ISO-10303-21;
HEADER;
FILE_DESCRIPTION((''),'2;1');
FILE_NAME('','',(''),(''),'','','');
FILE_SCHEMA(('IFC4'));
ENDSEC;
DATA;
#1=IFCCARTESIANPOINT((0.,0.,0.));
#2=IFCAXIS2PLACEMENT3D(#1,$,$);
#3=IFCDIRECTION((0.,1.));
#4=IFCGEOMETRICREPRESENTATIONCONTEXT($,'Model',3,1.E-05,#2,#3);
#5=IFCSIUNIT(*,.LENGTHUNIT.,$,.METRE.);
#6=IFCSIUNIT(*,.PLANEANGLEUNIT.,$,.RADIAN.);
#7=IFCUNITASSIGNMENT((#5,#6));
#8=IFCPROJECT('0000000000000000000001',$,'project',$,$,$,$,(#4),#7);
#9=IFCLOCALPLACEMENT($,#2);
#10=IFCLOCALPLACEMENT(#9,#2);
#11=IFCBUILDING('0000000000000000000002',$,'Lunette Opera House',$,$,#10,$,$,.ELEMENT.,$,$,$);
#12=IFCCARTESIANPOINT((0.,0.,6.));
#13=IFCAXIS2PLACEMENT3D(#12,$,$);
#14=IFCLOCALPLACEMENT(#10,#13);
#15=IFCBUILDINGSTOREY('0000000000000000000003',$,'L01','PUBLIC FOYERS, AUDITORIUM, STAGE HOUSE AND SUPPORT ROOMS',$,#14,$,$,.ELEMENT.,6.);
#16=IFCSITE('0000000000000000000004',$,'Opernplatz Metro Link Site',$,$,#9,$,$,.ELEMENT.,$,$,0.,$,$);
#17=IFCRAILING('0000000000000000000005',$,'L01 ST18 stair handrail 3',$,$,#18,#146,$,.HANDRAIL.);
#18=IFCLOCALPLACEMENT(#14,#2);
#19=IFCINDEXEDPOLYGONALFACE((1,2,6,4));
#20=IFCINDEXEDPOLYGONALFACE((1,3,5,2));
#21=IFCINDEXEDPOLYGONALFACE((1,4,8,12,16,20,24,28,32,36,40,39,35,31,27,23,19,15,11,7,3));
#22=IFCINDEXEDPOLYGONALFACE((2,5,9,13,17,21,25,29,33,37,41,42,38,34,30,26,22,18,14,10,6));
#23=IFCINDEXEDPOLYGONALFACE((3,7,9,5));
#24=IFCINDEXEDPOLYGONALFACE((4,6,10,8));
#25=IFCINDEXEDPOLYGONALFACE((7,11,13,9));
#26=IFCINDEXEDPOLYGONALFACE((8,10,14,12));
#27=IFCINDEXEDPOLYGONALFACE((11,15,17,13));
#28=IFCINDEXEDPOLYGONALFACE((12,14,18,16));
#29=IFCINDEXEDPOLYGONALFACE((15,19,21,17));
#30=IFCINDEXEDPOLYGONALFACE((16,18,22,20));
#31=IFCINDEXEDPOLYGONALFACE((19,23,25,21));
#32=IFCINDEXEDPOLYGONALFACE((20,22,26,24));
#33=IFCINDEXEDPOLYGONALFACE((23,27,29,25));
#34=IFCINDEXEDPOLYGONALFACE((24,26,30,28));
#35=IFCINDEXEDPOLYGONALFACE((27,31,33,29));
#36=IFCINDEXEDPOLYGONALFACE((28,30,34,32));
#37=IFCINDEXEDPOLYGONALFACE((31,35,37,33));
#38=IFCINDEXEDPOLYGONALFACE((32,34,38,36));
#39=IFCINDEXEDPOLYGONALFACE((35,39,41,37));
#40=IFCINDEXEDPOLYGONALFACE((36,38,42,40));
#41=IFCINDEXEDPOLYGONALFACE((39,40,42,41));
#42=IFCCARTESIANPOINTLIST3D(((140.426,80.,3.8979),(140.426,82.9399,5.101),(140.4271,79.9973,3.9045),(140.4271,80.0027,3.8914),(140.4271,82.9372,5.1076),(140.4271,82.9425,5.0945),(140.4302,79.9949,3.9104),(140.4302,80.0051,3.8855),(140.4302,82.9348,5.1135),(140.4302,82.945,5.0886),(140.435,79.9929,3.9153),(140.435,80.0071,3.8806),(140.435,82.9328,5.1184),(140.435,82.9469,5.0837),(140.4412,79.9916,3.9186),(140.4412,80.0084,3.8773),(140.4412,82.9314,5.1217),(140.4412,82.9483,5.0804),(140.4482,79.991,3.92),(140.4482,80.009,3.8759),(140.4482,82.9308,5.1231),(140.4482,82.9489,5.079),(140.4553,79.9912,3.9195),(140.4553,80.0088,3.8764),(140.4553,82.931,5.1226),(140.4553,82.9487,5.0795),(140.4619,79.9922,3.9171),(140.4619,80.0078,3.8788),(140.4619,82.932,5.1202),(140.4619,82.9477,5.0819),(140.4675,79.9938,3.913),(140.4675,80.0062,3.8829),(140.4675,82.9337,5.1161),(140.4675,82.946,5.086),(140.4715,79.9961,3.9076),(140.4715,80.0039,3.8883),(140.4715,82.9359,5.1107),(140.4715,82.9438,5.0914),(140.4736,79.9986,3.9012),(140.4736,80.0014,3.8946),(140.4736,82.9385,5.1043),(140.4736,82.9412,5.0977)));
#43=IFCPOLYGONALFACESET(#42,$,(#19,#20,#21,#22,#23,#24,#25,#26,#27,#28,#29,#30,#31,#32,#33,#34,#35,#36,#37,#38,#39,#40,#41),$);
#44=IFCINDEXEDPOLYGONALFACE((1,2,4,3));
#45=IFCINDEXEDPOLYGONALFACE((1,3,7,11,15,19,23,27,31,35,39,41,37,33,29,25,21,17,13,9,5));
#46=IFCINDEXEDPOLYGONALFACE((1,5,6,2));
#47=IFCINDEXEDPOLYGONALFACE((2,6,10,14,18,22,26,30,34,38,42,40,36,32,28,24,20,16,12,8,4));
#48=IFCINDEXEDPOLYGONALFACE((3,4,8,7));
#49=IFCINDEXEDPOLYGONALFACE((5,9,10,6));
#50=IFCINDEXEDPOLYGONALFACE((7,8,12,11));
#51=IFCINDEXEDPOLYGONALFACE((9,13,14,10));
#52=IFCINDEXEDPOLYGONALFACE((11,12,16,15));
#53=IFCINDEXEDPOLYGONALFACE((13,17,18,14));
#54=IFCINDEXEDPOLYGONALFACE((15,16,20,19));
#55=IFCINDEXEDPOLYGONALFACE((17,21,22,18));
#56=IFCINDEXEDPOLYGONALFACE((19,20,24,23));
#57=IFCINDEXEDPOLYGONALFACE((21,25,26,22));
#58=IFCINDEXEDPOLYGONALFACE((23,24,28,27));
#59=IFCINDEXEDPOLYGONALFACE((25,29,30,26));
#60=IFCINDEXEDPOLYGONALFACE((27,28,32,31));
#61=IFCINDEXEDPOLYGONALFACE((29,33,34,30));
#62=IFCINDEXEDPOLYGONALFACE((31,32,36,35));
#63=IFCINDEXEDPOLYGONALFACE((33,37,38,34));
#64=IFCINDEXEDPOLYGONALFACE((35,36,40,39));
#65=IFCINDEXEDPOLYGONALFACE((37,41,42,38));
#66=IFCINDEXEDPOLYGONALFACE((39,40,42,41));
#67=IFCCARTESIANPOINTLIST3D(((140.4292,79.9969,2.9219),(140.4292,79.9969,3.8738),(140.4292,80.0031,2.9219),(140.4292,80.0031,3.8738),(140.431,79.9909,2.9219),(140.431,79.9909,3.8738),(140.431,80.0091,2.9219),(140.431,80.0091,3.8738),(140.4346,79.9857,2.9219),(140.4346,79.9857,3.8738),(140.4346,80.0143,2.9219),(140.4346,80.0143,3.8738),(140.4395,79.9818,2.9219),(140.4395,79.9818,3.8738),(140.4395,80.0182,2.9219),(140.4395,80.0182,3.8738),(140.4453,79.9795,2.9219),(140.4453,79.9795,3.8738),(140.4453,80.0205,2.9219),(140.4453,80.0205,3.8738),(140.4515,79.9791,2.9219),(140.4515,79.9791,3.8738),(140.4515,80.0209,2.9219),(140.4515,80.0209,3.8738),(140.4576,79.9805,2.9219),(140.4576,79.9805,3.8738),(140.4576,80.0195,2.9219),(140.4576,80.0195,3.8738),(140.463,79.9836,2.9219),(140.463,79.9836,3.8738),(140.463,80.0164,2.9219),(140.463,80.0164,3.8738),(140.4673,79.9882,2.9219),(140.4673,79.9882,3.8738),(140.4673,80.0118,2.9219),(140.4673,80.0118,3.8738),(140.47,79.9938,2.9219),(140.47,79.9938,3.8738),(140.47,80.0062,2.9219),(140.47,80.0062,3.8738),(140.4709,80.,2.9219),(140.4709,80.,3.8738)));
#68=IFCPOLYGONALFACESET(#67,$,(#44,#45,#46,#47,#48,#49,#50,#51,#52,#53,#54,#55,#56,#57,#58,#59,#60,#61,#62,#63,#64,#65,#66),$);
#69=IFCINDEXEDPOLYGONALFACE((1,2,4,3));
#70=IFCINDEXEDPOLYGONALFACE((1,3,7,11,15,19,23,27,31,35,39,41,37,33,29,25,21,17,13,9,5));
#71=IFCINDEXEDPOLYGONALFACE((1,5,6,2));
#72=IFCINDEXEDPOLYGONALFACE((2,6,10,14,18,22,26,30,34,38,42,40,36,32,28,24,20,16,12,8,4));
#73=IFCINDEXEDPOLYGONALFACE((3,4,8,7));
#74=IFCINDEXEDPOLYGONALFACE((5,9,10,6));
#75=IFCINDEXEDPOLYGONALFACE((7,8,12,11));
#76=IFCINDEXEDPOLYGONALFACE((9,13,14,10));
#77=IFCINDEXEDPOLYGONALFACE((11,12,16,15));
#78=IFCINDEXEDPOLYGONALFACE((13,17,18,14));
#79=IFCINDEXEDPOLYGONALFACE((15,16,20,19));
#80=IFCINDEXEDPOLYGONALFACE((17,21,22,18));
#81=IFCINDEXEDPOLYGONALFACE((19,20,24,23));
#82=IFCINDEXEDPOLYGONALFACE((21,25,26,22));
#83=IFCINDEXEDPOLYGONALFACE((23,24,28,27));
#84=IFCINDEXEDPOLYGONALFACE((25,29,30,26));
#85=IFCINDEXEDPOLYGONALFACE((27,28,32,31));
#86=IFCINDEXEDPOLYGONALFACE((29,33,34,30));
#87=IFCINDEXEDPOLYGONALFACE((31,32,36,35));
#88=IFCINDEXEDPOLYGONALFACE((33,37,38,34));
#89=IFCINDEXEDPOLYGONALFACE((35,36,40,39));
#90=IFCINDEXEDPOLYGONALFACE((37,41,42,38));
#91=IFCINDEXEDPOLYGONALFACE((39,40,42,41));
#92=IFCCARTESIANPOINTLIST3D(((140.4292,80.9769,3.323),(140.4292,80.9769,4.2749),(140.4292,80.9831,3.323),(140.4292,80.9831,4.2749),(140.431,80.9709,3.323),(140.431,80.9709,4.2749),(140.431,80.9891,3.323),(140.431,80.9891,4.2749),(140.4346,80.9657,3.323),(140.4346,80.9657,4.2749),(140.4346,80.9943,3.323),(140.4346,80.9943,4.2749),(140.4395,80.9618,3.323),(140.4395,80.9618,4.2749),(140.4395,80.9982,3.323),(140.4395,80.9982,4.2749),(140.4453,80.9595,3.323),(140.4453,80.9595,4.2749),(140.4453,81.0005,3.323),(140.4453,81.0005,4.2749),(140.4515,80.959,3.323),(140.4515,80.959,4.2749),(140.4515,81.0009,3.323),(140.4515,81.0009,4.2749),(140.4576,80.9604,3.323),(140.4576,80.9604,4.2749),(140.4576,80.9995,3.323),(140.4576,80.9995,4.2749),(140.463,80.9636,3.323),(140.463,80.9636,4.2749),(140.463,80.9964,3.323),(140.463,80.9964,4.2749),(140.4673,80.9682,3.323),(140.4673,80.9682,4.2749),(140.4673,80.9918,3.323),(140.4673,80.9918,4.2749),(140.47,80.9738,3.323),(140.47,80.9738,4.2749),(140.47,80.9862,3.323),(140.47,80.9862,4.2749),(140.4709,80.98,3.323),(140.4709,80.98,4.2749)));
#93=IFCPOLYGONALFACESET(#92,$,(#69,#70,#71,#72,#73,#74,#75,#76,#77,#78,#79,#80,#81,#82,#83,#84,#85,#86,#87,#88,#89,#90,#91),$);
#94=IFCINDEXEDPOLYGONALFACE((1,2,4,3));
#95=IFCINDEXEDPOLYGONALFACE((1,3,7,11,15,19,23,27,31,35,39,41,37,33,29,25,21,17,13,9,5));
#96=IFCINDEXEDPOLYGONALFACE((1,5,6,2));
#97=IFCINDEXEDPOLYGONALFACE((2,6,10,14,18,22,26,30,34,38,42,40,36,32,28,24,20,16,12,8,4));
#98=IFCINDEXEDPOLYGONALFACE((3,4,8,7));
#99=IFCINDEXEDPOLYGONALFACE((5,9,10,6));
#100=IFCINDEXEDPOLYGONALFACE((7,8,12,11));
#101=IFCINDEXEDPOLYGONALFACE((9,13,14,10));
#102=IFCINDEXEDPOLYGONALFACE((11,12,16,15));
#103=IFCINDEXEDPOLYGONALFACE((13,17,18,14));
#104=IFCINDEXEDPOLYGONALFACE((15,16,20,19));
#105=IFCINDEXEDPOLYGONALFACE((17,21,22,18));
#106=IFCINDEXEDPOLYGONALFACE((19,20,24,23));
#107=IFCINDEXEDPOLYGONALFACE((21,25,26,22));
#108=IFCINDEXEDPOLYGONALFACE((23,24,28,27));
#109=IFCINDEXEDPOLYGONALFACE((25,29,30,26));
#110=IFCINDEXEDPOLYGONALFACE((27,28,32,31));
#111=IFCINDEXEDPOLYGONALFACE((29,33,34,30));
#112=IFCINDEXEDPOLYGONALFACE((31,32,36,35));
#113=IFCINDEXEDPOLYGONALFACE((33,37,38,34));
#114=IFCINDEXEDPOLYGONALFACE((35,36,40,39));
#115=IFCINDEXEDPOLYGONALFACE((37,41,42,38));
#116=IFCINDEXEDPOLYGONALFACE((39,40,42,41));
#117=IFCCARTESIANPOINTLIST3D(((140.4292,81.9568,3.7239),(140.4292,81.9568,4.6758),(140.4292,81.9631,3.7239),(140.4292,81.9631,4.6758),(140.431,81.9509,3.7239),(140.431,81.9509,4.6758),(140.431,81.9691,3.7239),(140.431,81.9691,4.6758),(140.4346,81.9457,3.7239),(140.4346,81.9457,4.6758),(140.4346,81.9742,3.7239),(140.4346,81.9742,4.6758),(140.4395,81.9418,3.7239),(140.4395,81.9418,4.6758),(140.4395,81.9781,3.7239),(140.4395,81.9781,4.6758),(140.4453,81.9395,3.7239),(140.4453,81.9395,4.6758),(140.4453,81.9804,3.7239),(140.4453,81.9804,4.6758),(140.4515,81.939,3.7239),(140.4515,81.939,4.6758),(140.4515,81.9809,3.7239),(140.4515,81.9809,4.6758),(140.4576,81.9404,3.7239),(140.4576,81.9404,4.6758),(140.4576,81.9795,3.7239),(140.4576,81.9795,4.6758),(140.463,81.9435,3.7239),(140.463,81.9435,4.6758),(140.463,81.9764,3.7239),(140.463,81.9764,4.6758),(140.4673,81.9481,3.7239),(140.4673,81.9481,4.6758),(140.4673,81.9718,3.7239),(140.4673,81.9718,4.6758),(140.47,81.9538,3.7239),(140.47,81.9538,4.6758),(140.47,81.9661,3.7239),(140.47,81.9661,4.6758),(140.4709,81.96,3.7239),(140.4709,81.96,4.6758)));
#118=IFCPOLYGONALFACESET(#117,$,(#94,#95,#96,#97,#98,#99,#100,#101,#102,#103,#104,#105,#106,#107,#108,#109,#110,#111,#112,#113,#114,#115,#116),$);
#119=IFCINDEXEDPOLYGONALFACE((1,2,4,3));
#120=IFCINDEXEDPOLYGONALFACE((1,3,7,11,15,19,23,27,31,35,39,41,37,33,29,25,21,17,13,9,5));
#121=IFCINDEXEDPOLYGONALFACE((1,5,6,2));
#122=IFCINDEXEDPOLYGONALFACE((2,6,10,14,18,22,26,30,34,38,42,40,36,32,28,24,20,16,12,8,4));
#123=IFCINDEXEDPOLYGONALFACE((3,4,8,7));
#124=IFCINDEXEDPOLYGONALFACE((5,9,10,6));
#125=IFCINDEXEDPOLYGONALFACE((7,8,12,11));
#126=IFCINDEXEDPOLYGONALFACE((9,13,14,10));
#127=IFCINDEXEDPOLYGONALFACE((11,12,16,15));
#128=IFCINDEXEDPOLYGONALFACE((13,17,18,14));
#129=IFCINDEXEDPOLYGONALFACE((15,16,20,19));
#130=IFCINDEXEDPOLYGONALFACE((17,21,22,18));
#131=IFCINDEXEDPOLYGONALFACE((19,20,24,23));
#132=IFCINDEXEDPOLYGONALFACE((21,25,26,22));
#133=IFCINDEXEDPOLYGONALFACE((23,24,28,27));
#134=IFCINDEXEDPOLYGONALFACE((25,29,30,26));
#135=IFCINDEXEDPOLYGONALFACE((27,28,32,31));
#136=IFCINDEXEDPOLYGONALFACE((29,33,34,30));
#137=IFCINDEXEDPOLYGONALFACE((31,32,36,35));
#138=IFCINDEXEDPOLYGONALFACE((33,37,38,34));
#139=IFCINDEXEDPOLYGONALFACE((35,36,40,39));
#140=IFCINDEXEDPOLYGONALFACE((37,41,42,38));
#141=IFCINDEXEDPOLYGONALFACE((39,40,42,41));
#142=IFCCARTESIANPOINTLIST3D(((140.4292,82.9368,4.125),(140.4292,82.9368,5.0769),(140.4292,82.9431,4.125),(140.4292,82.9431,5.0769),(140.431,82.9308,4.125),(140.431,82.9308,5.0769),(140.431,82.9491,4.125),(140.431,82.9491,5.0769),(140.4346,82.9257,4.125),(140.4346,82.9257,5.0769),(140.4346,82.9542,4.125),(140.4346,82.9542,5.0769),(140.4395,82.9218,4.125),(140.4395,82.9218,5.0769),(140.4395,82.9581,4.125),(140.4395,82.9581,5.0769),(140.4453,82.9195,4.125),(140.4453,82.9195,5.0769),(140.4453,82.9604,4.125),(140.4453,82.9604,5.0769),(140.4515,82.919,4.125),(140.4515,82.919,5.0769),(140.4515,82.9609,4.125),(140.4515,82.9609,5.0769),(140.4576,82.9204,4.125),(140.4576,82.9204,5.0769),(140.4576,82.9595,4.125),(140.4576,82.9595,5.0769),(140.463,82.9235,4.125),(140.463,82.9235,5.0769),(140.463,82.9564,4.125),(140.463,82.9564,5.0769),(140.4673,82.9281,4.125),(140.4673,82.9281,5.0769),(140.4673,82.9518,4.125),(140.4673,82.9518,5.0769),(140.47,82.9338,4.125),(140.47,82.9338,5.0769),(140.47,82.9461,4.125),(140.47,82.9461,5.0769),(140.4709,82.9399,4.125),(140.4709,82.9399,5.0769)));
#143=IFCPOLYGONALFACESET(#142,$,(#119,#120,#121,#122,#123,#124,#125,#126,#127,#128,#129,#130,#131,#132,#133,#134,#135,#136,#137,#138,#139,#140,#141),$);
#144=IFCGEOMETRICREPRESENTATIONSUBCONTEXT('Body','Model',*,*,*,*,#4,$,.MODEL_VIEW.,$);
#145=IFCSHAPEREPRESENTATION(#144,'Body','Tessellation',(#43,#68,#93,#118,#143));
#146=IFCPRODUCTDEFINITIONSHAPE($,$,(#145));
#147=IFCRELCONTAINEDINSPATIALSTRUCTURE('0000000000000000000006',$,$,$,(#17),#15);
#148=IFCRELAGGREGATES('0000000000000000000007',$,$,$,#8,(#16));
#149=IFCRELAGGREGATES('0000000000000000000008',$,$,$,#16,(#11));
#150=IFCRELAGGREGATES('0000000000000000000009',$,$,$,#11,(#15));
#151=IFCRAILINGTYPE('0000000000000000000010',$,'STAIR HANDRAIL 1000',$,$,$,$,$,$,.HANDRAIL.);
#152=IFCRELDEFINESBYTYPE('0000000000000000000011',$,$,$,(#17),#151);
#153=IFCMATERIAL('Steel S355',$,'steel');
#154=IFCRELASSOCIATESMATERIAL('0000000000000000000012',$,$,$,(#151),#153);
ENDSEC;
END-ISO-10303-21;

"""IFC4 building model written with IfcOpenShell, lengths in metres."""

from ifc_helpers import new_model, si_unit, direction, frame, origin, origin_2d, place, context, subcontext, project, spatial, circle, extrude, material, type_object, element, save


model = new_model("IFC4")

# Units and contexts
model_context = context("Model", 3, precision=1e-05, world=origin(), true_north=direction((0.0, 1.0)))
body_context = subcontext(model_context, "Body", "Model", "MODEL_VIEW")
ifc_project = project(units=[si_unit("LENGTHUNIT", "METRE"), si_unit("PLANEANGLEUNIT", "RADIAN")], contexts=[model_context])

# Site, building, storey
site_placement = place(None, origin())
site = spatial("IfcSite", under=ifc_project, at=site_placement, Name="Opernplatz Metro Link Site", CompositionType="ELEMENT", RefElevation=0.0)
building_placement = place(site_placement, origin())
building = spatial("IfcBuilding", under=site, at=building_placement, Name="Lunette Opera House", CompositionType="ELEMENT")
storey_placement = place(building_placement, frame((0.0, 0.0, 6.0)))
storey = spatial("IfcBuildingStorey", under=building, at=storey_placement, Name="L01", Description="PUBLIC FOYERS, AUDITORIUM, STAGE HOUSE AND SUPPORT ROOMS", CompositionType="ELEMENT", Elevation=6.0)

# Railing
ifc_material_1 = material(Name="Steel S355", Category="steel")
railing_type_1 = type_object("IfcRailingType", Name="STAIR HANDRAIL 1000", PredefinedType="HANDRAIL", material=ifc_material_1)
for number, where, name in (
    (1, (140.45, 80.0, 2.9219), "L01 ST18 stair handrail 3"),
):
    element("IfcRailing", number, at=place(storey_placement, frame(where)), inside=storey, type_object=railing_type_1, Name=name, PredefinedType="HANDRAIL", context=body_context, shape_type="SweptSolid", body=[
        extrude(circle(Radius=0.0239, at=origin_2d()), frame((0.0, 0.0, 0.9761), z_axis=(0.0, 0.9255, 0.378747), x_axis=(-1.0, 0.0, 0.0)), (0.0, 0.0, 1.0), 3.1765),
        extrude(circle(Radius=0.021, at=origin_2d()), origin(), (0.0, 0.0, 1.0), 0.9519),
        extrude(circle(Radius=0.021, at=origin_2d()), frame((0.0, 0.98, 0.4011)), (0.0, 0.0, 1.0), 0.9519),
        extrude(circle(Radius=0.021, at=origin_2d()), frame((0.0, 1.96, 0.802)), (0.0, 0.0, 1.0), 0.9519),
        extrude(circle(Radius=0.021, at=origin_2d()), frame((0.0, 2.9399, 1.2031)), (0.0, 0.0, 1.0), 0.9519),
    ])

save(model, "model.ifc")
